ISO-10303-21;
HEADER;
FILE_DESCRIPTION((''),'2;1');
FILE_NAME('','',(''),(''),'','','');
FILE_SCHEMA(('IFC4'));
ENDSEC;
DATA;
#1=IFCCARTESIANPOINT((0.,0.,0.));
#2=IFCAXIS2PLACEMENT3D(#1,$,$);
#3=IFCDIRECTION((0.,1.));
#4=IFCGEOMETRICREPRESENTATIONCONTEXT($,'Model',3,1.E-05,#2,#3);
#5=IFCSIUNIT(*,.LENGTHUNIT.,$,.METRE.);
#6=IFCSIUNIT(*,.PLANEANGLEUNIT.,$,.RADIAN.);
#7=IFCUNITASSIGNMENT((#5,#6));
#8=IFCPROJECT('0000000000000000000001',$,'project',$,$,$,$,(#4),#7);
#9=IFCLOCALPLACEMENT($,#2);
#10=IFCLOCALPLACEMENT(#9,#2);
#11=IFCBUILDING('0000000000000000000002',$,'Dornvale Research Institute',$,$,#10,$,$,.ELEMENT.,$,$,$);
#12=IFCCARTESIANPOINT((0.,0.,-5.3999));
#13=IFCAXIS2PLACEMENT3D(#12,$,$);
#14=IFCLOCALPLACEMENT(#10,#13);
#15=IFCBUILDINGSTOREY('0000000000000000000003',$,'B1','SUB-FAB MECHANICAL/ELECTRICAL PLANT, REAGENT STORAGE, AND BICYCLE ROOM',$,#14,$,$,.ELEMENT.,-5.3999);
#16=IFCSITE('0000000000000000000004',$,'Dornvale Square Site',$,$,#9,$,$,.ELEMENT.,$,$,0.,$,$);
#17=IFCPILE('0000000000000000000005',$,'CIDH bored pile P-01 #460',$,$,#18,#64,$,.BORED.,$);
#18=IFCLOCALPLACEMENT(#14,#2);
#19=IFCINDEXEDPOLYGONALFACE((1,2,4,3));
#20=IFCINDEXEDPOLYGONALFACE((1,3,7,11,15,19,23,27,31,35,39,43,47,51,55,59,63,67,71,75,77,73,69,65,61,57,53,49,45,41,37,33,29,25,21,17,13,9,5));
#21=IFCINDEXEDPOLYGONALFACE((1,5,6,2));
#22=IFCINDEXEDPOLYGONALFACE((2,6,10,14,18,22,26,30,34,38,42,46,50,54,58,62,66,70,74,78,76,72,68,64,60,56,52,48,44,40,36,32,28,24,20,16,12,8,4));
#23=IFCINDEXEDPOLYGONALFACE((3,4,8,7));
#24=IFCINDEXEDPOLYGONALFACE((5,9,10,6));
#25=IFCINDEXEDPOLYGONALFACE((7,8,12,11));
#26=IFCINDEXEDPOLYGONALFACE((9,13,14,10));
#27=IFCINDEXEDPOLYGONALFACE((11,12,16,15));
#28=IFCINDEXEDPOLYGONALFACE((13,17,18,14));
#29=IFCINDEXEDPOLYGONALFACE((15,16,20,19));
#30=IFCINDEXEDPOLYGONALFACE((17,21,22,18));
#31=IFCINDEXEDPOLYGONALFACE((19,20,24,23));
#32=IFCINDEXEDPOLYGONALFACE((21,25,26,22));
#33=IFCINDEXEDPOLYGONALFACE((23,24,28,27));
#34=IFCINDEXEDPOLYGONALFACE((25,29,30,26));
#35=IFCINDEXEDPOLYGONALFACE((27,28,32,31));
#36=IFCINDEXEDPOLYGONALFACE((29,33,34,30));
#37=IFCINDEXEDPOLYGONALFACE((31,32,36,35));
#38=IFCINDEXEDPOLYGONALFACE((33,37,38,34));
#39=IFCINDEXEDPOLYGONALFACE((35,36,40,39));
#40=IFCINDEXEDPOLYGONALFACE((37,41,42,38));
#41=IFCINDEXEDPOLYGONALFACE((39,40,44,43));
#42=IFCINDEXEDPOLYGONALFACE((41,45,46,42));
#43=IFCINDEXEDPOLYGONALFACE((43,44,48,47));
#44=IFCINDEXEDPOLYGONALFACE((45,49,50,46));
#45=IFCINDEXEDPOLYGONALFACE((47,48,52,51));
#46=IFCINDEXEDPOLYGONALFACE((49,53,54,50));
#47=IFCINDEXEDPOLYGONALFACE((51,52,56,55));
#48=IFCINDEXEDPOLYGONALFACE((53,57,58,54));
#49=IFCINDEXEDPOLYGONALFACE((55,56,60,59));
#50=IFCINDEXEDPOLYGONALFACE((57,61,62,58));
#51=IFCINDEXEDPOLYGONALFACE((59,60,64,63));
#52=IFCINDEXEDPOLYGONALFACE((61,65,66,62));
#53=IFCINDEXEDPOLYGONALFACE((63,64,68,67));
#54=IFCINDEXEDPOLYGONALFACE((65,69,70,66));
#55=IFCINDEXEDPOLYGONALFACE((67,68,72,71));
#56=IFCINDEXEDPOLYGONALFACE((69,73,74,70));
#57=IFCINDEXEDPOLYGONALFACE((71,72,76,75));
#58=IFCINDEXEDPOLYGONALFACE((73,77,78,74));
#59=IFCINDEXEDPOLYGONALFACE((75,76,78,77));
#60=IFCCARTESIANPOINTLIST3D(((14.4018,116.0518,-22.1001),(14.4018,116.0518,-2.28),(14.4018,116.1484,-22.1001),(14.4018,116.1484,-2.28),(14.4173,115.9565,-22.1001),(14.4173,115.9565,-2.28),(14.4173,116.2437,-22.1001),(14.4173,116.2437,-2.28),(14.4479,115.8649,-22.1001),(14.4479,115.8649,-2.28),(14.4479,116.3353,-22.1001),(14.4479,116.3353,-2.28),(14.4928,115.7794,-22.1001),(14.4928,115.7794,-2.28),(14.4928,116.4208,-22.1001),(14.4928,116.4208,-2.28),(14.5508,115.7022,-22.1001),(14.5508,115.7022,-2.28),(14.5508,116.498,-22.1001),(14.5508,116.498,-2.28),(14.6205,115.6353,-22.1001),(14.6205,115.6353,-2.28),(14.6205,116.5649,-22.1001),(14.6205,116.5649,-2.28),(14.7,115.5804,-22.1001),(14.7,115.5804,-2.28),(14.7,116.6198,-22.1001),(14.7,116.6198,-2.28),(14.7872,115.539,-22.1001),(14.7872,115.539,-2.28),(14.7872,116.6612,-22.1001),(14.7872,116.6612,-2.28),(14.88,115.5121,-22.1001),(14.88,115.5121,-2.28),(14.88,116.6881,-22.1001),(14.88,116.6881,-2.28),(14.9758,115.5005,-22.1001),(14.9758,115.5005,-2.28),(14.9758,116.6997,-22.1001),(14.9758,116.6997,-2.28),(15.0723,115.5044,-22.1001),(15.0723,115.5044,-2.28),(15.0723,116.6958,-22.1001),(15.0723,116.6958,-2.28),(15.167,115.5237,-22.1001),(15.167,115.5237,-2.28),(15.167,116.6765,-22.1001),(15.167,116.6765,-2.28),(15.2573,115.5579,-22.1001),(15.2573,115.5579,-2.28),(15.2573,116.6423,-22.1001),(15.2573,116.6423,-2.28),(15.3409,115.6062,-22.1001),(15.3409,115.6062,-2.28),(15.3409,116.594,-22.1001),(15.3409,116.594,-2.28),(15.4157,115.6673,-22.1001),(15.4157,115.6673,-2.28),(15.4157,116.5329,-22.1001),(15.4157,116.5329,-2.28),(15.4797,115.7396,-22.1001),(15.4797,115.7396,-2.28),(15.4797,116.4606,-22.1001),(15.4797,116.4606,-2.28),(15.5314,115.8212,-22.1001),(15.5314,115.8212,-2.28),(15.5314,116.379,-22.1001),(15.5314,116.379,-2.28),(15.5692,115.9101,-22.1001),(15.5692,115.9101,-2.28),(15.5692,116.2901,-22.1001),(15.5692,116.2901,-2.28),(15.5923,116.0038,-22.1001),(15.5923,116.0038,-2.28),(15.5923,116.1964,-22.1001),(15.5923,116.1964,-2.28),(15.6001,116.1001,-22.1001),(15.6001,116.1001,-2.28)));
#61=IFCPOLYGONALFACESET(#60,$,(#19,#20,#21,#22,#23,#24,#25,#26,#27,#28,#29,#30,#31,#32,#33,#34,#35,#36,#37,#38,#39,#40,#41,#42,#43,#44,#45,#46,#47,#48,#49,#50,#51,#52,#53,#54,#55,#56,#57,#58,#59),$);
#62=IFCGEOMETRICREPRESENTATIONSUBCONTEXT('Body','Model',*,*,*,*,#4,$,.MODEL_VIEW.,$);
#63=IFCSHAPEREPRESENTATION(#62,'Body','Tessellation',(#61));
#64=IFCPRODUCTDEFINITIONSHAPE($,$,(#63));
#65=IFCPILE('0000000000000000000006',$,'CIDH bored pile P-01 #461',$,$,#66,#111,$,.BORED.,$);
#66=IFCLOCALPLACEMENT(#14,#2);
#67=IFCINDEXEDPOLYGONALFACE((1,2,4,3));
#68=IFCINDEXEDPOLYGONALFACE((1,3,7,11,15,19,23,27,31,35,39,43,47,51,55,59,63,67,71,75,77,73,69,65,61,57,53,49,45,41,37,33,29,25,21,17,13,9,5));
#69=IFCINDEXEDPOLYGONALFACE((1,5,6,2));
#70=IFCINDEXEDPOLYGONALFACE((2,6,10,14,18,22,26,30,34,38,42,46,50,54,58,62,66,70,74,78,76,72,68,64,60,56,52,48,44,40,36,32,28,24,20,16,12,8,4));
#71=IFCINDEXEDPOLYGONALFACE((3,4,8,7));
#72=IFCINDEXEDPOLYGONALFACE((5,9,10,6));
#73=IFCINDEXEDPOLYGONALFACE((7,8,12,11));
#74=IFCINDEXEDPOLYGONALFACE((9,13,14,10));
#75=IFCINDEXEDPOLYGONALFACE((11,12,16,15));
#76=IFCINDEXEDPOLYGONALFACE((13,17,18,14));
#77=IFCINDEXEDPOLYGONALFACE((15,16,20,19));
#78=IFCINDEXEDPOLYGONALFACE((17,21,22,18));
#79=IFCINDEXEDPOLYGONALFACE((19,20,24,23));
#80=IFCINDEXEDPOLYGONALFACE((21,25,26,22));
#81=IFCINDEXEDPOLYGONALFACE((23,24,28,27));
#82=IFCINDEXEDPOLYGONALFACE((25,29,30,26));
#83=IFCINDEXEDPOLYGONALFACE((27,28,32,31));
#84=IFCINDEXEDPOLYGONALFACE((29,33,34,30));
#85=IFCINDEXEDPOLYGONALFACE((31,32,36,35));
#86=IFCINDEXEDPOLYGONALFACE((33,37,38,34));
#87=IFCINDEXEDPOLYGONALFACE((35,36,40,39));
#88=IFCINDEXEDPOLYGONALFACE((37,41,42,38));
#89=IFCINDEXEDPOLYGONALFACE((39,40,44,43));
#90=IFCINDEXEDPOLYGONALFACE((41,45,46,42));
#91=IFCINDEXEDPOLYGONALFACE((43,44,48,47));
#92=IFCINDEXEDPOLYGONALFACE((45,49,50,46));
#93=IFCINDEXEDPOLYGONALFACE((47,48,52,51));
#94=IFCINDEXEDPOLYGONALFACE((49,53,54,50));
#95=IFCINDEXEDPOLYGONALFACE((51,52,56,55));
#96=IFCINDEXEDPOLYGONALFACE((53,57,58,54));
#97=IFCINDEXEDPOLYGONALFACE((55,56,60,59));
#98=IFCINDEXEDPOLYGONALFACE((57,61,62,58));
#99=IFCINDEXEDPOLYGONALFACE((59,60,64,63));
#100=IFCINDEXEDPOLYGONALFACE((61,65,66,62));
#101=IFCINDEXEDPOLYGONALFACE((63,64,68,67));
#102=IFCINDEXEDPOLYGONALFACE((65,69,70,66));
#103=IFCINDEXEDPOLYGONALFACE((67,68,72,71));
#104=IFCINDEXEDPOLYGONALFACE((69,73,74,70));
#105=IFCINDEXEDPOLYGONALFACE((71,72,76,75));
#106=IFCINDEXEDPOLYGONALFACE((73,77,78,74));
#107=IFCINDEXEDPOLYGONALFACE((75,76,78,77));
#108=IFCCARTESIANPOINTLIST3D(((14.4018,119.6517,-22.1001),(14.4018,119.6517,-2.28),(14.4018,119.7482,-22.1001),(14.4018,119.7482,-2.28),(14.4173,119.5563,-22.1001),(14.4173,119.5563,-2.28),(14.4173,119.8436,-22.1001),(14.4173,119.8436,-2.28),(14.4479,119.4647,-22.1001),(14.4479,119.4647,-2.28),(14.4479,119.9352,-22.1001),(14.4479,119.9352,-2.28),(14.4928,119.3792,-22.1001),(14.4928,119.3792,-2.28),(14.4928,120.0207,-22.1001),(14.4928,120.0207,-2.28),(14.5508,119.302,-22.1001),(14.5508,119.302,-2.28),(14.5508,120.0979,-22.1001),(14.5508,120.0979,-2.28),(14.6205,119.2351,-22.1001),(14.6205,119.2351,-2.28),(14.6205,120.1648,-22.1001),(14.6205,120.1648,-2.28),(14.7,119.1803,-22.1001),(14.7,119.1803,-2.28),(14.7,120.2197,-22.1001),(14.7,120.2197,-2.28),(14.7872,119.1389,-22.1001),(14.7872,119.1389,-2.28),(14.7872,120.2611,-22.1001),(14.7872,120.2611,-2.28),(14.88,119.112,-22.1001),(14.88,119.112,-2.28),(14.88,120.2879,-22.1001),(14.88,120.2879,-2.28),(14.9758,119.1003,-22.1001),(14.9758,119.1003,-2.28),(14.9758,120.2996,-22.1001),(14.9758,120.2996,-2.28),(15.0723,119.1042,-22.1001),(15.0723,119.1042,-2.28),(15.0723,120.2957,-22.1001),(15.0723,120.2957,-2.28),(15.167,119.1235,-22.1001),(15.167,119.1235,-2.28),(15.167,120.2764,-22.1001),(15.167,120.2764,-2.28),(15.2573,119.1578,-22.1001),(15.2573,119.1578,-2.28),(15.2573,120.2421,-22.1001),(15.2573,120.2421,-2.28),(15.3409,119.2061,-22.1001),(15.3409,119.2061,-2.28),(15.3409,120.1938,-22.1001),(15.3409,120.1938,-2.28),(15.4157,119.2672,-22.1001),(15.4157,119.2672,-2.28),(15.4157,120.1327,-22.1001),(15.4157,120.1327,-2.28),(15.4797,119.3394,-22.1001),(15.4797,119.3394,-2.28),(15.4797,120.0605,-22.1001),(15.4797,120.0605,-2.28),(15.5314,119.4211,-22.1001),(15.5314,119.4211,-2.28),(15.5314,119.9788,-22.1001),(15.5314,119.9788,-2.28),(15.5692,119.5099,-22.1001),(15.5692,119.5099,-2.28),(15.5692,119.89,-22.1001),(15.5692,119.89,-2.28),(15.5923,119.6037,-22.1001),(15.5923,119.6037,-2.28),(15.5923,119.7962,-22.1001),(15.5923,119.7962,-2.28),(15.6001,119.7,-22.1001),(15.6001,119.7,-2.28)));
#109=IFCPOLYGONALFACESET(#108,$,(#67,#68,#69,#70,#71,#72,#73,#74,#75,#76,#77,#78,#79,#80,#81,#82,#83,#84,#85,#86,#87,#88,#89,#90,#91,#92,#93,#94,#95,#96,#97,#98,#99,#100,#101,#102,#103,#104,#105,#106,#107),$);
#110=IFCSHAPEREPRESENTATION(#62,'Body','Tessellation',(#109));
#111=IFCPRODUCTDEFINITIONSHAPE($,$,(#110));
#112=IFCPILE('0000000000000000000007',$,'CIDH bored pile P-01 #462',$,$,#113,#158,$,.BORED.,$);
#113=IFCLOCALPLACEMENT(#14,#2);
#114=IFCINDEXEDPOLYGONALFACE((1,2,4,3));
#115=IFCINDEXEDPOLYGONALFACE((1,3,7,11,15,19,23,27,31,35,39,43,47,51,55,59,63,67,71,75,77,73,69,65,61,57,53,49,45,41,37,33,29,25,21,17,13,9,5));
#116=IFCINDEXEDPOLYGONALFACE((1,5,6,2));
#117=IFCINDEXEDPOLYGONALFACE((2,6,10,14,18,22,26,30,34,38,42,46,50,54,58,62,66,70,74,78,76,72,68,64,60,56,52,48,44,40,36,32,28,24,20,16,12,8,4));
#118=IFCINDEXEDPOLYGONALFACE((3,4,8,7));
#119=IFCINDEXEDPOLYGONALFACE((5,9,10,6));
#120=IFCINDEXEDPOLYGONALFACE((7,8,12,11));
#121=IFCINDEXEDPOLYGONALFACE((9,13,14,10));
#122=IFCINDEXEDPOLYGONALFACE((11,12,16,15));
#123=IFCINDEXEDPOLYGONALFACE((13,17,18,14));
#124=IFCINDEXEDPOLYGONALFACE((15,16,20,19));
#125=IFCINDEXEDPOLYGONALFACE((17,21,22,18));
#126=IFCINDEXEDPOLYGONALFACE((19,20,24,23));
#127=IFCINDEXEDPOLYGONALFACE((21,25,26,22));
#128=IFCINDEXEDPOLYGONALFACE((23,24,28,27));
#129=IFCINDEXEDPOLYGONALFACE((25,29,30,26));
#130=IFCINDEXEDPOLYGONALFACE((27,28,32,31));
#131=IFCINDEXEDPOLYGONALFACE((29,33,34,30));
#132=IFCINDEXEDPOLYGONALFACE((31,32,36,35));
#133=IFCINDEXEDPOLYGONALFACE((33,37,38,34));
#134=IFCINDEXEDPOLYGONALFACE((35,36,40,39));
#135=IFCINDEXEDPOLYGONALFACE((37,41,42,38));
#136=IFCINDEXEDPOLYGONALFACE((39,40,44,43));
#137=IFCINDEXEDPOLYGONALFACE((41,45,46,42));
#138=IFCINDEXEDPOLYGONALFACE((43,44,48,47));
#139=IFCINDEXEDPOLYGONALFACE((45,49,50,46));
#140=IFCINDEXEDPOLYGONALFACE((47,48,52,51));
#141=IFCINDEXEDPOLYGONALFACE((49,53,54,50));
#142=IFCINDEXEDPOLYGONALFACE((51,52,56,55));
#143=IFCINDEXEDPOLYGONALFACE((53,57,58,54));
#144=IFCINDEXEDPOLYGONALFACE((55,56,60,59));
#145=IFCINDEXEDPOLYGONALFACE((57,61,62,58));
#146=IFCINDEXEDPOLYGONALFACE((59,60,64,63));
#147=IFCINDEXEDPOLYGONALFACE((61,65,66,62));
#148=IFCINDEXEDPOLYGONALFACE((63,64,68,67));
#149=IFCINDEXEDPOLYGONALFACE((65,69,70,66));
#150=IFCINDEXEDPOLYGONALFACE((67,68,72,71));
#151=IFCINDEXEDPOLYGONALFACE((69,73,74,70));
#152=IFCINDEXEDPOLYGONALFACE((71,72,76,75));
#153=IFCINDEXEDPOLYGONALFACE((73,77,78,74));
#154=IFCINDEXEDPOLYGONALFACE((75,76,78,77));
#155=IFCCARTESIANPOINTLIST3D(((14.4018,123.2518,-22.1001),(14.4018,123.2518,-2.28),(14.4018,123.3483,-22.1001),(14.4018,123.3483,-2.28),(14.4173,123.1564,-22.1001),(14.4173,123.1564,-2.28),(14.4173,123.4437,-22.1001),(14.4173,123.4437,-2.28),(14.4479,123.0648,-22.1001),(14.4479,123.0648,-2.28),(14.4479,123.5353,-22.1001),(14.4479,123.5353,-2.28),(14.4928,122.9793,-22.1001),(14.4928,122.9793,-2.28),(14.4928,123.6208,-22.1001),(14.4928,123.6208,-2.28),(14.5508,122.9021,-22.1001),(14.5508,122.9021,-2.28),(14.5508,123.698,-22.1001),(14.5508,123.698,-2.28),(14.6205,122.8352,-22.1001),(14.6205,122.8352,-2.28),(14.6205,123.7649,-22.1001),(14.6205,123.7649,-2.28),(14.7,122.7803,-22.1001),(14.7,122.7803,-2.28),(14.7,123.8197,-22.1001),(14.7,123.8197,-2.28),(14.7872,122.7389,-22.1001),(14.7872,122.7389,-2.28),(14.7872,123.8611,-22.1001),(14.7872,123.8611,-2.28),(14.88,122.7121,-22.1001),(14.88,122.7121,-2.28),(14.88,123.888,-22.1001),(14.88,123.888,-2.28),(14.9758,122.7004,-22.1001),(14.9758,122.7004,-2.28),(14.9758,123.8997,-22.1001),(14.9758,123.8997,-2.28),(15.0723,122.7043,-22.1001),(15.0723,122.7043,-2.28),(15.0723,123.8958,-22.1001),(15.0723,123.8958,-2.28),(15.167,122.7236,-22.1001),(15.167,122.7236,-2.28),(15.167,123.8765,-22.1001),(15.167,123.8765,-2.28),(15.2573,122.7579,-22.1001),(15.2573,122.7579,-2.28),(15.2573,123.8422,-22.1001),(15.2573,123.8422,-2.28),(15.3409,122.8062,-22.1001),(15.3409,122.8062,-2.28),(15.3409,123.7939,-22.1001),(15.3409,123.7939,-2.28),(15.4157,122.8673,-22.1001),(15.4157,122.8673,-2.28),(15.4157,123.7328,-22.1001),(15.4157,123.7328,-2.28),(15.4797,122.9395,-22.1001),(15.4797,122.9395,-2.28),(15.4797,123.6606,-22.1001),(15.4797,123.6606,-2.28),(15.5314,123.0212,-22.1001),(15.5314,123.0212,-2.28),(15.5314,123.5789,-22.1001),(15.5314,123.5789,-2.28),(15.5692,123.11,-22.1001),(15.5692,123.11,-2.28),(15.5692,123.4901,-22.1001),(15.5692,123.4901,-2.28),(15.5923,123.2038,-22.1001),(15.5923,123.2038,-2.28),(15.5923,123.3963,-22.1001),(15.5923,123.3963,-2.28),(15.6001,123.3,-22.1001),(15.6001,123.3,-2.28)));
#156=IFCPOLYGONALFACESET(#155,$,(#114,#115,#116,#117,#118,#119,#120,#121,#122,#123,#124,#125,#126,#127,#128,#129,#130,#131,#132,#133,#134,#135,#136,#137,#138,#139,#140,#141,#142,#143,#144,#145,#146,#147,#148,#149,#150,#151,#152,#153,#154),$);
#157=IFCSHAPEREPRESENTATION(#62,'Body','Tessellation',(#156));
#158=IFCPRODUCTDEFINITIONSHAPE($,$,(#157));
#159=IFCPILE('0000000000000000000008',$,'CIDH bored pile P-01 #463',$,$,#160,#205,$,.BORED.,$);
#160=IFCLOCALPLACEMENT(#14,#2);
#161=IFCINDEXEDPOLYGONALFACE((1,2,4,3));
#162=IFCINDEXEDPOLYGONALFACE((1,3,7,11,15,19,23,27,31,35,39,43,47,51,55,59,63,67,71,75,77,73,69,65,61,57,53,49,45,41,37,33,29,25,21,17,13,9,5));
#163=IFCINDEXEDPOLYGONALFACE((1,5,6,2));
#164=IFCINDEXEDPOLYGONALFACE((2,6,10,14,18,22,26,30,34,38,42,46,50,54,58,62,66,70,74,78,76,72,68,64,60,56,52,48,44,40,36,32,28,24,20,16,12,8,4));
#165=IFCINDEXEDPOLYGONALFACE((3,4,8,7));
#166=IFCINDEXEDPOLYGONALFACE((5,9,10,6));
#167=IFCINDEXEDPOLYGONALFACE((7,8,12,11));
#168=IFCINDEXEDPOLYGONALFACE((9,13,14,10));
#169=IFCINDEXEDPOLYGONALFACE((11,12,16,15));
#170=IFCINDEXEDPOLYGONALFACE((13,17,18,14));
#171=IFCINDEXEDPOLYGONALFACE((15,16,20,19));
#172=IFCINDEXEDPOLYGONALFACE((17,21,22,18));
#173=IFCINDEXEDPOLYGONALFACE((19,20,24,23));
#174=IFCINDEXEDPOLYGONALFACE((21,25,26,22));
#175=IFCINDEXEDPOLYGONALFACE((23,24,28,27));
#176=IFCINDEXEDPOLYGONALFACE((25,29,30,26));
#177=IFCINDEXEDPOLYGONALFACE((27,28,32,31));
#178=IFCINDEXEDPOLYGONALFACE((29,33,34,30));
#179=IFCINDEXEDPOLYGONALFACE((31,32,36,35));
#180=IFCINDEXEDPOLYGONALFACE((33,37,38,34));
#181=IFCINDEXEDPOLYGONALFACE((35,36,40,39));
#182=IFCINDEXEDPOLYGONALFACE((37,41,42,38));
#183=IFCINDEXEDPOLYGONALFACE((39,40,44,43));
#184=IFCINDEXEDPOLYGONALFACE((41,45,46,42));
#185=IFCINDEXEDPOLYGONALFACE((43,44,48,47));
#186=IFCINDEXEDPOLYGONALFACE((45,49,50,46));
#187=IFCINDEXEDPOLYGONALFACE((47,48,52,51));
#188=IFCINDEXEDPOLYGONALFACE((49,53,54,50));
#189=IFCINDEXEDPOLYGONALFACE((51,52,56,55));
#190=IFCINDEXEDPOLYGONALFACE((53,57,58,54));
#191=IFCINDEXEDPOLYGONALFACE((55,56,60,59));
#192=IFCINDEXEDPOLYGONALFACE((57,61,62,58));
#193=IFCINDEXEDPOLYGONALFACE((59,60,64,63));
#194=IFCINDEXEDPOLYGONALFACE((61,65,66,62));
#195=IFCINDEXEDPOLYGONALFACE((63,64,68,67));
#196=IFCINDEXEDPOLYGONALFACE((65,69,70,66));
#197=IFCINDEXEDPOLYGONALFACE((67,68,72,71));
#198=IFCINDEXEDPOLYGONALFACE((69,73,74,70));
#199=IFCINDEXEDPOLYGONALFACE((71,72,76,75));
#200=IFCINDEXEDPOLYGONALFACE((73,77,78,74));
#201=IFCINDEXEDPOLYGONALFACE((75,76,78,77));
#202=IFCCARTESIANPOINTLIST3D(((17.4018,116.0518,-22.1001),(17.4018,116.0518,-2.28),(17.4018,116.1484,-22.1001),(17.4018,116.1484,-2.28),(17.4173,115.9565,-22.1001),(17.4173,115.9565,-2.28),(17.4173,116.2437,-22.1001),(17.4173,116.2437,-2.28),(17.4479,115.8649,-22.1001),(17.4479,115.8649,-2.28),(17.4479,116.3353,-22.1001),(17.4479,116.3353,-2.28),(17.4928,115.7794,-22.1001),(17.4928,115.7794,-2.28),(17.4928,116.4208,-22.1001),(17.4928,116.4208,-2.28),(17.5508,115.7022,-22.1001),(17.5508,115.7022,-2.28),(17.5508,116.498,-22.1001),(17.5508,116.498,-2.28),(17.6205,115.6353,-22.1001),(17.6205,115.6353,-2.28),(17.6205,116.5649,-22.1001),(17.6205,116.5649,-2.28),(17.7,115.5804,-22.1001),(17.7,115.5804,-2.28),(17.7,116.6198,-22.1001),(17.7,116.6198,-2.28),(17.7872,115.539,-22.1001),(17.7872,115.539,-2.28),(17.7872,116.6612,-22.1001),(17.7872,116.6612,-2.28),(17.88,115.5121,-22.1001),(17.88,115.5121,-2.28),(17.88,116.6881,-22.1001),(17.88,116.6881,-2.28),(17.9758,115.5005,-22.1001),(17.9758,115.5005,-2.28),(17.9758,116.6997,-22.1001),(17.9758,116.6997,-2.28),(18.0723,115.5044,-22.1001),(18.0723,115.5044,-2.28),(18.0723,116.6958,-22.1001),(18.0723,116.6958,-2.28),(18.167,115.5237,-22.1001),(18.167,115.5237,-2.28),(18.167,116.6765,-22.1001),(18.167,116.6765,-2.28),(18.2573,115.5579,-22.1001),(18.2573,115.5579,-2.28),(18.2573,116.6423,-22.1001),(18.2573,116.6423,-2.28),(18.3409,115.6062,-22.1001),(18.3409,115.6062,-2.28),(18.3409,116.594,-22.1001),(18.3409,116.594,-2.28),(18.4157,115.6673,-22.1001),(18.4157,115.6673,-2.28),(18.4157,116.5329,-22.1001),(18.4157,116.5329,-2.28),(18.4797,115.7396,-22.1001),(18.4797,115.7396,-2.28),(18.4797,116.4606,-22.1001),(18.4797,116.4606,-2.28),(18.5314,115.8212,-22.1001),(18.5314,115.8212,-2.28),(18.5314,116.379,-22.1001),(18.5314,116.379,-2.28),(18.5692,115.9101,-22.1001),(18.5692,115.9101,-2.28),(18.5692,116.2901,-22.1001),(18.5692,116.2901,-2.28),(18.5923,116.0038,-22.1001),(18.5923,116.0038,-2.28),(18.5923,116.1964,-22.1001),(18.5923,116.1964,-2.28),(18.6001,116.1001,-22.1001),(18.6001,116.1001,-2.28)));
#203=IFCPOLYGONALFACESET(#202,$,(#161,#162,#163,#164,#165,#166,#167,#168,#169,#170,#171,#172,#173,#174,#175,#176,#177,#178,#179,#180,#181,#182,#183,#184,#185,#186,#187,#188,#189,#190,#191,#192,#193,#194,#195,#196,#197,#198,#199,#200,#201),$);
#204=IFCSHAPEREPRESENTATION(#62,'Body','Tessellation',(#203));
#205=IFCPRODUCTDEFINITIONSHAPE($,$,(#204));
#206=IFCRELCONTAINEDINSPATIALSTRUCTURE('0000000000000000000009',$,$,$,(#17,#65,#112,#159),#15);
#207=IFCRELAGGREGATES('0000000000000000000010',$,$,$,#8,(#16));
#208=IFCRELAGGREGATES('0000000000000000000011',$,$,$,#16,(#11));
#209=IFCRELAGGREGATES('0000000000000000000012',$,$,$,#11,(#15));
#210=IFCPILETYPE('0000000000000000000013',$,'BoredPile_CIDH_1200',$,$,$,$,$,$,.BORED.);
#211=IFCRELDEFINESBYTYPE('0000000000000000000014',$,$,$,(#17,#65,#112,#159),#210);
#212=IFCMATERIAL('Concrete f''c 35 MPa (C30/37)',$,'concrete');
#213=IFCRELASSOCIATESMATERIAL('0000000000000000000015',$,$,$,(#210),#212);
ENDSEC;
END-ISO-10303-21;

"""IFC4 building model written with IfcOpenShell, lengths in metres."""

from ifc_helpers import new_model, si_unit, direction, frame, origin, origin_2d, place, context, subcontext, project, spatial, circle, extrude, material, material_profile, profile_set, type_object, element, save


model = new_model("IFC4")

# Units and contexts
model_context = context("Model", 3, precision=1e-05, world=origin(), true_north=direction((0.0, 1.0)))
body_context = subcontext(model_context, "Body", "Model", "MODEL_VIEW")
ifc_project = project(units=[si_unit("LENGTHUNIT", "METRE"), si_unit("PLANEANGLEUNIT", "RADIAN")], contexts=[model_context])

# Site, building, storey
site_placement = place(None, origin())
site = spatial("IfcSite", under=ifc_project, at=site_placement, Name="Dornvale Square Site", CompositionType="ELEMENT", RefElevation=0.0)
building_placement = place(site_placement, origin())
building = spatial("IfcBuilding", under=site, at=building_placement, Name="Dornvale Research Institute", CompositionType="ELEMENT")
storey_placement = place(building_placement, frame((0.0, 0.0, -5.3999)))
storey = spatial("IfcBuildingStorey", under=building, at=storey_placement, Name="B1", Description="SUB-FAB MECHANICAL/ELECTRICAL PLANT, REAGENT STORAGE, AND BICYCLE ROOM", CompositionType="ELEMENT", Elevation=-5.3999)

# Piles
ifc_material_1 = material(Name="Concrete f'c 35 MPa (C30/37)", Category="concrete")
ifc_material_profile_1 = material_profile(ifc_material_1, circle(Radius=0.6001, at=origin_2d()), Name="CIDH PILE D1200")
ifc_profile_set_1 = profile_set([ifc_material_profile_1], Name="Concrete f'c 35 MPa (C30/37)")
pile_type = type_object("IfcPileType", Name="BoredPile_CIDH_1200", PredefinedType="BORED", material=ifc_profile_set_1)
for number, where, z_axis, x_axis, name in (
    (1, (15.0, 116.1001, -2.28), (0.0, 0.0, -1.0), (1.0, 0.0, 0.0), "CIDH bored pile P-01 #460"),
    (2, (15.0, 119.7, -2.28), (0.0, 0.0, -1.0), (1.0, 0.0, 0.0), "CIDH bored pile P-01 #461"),
    (3, (15.0, 123.3, -2.28), (0.0, 0.0, -1.0), (1.0, 0.0, 0.0), "CIDH bored pile P-01 #462"),
    (4, (18.0, 116.1001, -2.28), (0.0, 0.0, -1.0), (1.0, 0.0, 0.0), "CIDH bored pile P-01 #463"),
):
    element("IfcPile", number, at=place(storey_placement, frame(where, z_axis=z_axis, x_axis=x_axis)), inside=storey, type_object=pile_type, Name=name, PredefinedType="BORED", context=body_context, shape_type="SweptSolid", body=[
        extrude(circle(Radius=0.6001, at=origin_2d()), origin(), (0.0, 0.0, 1.0), 19.8201),
    ])

save(model, "model.ifc")
